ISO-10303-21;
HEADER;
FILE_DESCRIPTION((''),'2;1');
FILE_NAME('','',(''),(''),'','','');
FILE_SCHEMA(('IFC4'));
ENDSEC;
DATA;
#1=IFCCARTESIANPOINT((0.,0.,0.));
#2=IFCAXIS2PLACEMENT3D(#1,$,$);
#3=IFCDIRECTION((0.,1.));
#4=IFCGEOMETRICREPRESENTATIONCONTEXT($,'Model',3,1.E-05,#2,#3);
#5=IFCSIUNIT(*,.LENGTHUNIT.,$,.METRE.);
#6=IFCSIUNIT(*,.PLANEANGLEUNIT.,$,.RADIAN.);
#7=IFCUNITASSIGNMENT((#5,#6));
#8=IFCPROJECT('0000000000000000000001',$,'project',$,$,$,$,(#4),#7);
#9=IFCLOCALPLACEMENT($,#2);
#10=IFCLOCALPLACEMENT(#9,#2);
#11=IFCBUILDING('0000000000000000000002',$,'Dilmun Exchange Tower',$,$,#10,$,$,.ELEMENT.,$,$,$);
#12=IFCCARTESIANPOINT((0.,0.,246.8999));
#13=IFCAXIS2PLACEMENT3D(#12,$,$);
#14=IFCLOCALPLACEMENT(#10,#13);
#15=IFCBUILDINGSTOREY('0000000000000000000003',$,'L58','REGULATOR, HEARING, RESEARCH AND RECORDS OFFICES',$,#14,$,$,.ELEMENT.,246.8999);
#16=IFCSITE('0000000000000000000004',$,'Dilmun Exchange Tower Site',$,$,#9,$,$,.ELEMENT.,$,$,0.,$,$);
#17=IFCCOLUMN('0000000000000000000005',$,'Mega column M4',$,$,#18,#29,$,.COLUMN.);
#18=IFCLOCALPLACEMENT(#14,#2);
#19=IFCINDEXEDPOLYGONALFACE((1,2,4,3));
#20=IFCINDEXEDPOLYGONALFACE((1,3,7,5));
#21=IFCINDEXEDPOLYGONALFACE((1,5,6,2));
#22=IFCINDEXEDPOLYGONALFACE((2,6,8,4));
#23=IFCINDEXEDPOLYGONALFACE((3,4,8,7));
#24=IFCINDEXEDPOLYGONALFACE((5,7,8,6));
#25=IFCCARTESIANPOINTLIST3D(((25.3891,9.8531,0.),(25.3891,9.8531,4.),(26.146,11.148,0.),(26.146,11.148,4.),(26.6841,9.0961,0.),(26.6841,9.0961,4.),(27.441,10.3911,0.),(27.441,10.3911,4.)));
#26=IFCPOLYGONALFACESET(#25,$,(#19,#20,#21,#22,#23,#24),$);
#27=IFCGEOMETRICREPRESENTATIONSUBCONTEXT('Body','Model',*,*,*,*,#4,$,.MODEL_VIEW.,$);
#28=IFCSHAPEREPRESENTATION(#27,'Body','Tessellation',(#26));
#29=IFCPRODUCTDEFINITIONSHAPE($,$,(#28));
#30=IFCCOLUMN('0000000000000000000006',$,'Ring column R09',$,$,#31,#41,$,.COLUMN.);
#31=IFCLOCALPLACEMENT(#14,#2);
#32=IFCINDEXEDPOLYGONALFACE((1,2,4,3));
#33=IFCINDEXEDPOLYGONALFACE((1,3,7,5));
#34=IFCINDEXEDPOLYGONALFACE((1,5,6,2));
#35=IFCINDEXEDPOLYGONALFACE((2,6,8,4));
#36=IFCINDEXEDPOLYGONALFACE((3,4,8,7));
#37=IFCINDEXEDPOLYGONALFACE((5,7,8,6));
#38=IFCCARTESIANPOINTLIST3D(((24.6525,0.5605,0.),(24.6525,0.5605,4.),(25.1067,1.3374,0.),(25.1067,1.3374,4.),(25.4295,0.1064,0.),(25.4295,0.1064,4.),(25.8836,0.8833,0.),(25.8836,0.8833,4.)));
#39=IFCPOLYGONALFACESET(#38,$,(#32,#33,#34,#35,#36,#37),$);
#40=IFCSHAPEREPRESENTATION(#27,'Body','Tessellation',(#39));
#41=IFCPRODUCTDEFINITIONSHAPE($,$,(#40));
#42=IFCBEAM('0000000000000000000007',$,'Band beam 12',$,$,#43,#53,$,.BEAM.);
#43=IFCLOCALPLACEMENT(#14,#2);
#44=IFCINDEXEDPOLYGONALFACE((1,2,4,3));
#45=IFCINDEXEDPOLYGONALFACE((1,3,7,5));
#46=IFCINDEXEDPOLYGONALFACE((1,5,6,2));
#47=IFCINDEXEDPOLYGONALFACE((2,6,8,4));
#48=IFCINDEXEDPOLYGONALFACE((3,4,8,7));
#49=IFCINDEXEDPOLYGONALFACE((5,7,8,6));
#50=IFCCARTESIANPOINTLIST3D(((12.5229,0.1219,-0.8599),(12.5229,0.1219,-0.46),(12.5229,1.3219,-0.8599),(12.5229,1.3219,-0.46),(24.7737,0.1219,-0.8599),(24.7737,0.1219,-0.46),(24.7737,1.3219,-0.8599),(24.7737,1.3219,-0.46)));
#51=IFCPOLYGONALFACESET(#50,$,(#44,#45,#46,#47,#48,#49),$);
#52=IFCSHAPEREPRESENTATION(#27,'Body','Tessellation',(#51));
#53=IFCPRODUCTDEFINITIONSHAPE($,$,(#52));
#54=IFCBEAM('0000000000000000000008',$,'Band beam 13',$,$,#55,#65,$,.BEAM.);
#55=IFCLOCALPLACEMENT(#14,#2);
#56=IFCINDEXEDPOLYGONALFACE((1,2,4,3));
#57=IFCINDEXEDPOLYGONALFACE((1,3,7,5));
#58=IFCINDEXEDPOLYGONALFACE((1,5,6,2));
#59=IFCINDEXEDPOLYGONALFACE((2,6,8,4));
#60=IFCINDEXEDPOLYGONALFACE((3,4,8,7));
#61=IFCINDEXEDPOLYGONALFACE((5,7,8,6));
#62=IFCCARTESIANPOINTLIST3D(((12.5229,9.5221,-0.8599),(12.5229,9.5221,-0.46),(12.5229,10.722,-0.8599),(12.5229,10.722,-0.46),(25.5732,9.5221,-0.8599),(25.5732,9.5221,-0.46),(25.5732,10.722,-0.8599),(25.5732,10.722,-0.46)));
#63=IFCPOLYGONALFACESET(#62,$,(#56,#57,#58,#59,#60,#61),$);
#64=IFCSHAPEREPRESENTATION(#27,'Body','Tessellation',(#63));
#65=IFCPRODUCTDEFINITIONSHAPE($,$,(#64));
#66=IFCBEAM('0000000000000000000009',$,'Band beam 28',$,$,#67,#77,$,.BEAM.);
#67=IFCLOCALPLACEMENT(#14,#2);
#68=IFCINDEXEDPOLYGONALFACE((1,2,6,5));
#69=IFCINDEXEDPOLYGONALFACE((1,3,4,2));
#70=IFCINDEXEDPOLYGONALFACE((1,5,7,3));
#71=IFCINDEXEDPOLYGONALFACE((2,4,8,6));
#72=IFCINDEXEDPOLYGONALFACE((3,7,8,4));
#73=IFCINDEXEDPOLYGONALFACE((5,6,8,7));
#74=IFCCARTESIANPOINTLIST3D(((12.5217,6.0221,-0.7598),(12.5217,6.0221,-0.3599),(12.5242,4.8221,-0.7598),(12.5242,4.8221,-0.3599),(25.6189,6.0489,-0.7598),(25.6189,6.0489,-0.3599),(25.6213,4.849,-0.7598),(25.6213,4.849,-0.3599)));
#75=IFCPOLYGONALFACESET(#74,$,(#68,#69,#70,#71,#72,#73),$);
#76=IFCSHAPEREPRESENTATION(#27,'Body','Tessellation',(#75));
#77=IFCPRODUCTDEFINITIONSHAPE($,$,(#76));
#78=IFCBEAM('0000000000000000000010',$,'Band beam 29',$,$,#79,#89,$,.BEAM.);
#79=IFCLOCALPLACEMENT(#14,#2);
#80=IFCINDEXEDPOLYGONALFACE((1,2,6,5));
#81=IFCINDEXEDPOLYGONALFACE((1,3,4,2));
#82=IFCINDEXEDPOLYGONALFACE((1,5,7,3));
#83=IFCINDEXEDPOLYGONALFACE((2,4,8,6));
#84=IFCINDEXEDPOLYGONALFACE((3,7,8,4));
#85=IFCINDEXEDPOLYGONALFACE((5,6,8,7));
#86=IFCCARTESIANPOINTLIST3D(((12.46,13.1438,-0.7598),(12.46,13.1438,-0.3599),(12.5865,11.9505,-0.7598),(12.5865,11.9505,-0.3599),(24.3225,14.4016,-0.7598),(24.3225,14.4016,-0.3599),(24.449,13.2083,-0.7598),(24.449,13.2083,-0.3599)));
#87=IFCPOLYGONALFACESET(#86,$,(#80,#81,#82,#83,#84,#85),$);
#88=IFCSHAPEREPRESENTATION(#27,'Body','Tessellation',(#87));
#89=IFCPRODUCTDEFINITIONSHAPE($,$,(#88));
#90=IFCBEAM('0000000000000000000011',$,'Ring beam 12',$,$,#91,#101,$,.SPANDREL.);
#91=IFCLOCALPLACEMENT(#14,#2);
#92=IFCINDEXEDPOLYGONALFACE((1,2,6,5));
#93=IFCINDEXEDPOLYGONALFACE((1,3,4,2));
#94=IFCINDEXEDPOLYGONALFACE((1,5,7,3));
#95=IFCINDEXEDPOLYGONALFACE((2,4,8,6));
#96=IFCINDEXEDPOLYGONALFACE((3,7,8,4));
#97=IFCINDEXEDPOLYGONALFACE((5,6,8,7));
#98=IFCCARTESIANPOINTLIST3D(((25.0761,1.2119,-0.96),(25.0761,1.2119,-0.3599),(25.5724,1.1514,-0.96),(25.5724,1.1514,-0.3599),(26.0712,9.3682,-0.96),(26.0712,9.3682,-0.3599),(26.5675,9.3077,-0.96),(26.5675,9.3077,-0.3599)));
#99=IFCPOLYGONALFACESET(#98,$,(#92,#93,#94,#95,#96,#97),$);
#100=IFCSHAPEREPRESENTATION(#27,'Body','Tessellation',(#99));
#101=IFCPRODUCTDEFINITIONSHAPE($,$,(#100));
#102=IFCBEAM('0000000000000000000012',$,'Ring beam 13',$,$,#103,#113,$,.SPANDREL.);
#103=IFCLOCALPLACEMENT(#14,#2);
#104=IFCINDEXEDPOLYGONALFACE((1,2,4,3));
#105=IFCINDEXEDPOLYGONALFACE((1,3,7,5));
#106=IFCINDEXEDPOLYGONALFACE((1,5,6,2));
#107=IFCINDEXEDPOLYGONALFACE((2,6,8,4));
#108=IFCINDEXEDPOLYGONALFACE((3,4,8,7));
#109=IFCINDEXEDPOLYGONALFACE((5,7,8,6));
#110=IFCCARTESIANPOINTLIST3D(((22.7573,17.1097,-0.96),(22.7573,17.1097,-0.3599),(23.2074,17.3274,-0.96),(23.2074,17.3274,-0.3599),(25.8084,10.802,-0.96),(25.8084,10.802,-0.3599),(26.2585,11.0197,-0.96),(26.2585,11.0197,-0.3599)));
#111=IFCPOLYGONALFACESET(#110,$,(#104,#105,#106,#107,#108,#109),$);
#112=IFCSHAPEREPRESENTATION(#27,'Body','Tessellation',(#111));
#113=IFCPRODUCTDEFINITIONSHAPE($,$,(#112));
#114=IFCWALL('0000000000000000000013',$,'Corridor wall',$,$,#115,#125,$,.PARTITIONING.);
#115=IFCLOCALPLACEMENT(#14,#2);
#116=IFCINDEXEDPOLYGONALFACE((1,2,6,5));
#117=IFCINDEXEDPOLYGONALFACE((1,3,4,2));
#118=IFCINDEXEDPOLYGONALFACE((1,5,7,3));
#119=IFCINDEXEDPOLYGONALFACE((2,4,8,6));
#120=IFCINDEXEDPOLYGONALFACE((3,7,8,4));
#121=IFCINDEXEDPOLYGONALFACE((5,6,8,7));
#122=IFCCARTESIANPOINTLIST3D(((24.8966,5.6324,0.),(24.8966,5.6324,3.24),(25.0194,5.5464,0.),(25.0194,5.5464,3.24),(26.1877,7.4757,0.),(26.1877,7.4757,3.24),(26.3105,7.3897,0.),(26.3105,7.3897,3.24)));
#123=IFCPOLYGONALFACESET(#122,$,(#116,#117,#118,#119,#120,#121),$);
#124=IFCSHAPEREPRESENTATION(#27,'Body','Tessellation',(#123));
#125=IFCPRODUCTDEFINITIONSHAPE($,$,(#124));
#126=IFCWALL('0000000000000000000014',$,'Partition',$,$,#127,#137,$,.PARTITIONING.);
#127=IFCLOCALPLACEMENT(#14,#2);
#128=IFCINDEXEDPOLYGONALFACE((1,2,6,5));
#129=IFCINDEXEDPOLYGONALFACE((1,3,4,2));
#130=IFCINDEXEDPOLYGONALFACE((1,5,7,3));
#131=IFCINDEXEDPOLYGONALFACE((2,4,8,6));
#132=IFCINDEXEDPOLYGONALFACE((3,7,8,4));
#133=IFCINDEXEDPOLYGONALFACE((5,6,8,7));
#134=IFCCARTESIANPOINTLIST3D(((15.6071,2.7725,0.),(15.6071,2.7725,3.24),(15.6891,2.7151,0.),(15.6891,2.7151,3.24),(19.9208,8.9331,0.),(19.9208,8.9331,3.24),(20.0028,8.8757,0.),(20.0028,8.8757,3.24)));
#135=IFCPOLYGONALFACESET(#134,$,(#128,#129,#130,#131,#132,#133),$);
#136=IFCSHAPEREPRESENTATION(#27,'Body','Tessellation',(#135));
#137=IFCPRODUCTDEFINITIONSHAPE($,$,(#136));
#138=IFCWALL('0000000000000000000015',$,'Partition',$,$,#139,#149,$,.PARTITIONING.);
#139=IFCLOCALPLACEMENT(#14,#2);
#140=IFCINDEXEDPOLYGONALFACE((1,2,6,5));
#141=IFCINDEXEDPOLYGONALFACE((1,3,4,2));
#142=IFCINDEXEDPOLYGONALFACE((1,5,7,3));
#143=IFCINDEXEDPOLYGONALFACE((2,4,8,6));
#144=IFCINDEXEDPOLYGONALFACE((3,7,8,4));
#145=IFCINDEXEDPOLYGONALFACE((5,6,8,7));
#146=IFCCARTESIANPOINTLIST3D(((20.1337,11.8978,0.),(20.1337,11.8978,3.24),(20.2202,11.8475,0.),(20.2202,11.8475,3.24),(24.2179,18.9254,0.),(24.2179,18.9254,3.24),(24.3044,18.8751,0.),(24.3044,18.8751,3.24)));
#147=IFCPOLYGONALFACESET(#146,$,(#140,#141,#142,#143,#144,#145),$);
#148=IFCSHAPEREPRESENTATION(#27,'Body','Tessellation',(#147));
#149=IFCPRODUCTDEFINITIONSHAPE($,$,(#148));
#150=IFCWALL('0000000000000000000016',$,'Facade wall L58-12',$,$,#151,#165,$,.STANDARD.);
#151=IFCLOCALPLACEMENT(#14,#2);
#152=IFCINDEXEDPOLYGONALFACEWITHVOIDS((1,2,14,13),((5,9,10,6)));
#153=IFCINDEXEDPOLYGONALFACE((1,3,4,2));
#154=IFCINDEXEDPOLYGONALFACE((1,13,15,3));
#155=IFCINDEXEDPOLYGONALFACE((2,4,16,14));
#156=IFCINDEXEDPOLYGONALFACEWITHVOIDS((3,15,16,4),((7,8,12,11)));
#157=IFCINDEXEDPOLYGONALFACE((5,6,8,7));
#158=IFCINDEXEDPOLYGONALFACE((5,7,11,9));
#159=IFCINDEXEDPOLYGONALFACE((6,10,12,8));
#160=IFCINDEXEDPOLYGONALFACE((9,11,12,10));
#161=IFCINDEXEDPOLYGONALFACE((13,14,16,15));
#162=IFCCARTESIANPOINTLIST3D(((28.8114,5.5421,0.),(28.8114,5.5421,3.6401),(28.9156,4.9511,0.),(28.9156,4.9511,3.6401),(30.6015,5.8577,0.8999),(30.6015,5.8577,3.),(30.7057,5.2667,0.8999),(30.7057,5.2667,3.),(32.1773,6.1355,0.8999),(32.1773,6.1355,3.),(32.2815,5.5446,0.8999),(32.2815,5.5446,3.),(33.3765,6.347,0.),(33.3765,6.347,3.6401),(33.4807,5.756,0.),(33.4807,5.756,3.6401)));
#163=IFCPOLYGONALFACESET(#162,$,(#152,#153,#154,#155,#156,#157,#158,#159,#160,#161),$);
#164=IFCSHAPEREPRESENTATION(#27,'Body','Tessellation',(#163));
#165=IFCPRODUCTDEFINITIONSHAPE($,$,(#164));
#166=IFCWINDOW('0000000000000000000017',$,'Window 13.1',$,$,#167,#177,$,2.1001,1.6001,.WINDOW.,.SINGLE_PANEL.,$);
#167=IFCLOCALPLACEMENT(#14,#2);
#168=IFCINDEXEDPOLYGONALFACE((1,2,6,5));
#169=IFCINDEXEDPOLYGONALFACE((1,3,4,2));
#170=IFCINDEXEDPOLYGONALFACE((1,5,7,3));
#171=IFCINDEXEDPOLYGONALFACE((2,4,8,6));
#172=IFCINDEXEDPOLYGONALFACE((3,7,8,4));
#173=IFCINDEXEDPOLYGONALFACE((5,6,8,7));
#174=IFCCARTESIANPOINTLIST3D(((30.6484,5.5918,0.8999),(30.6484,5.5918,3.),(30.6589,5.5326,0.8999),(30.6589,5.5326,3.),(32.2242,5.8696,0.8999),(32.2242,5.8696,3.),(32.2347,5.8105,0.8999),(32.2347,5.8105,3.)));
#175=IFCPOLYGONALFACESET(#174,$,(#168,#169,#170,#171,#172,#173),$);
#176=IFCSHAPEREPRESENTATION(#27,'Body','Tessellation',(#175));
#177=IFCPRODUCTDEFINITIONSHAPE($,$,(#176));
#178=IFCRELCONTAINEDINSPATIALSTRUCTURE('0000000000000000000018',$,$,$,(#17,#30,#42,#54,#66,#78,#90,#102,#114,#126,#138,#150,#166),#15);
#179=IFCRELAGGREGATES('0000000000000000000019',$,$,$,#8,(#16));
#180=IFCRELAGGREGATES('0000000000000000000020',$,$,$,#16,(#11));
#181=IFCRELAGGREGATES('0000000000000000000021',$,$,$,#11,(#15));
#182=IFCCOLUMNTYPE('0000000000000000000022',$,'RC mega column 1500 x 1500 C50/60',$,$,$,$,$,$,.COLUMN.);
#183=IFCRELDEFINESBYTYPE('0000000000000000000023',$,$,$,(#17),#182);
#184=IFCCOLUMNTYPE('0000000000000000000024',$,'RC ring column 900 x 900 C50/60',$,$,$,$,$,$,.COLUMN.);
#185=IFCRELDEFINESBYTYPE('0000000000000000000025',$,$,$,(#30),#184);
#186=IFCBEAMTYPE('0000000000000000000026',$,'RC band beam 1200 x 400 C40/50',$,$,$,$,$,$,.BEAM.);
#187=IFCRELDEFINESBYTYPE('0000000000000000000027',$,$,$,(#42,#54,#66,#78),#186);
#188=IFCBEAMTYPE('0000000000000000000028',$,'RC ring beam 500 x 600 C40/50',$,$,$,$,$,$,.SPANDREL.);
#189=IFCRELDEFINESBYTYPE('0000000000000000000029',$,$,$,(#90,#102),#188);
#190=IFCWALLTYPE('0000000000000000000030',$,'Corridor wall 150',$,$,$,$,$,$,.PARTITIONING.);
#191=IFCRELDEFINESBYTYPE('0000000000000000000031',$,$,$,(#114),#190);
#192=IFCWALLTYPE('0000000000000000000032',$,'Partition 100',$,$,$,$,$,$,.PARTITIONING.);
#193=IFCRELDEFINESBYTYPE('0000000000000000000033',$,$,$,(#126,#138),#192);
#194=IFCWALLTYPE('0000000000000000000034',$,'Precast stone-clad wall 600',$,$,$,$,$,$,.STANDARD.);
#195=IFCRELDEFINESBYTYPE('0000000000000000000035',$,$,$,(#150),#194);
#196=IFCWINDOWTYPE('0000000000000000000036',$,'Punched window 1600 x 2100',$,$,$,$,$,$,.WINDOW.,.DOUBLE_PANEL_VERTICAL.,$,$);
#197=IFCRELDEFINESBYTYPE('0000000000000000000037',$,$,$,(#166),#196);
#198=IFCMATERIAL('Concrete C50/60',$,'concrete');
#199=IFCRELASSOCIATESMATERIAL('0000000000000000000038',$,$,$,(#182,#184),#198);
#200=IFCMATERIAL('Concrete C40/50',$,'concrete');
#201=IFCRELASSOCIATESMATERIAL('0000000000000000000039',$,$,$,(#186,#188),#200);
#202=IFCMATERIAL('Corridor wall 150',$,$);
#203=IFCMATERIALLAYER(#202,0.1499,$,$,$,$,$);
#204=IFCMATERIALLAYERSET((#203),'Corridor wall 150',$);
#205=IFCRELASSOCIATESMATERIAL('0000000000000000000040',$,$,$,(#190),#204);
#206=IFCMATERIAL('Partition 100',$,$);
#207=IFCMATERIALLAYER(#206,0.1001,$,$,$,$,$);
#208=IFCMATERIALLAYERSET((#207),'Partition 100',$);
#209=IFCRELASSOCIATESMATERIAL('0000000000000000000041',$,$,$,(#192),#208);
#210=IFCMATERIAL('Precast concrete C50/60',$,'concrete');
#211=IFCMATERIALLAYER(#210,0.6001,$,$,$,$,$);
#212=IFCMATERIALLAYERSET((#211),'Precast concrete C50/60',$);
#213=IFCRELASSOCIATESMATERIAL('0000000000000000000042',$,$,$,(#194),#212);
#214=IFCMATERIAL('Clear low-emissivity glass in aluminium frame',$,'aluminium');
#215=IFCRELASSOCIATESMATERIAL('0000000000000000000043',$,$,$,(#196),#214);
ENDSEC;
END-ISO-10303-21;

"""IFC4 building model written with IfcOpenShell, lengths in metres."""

from ifc_helpers import new_model, si_unit, direction, frame, frame_2d, origin, origin_2d, place, context, subcontext, project, spatial, rectangle, extrude, material, layer, layer_set, material_profile, profile_set, type_object, element, fill, save


model = new_model("IFC4")

# Units and contexts
model_context = context("Model", 3, precision=1e-05, world=origin(), true_north=direction((0.0, 1.0)))
body_context = subcontext(model_context, "Body", "Model", "MODEL_VIEW")
ifc_project = project(units=[si_unit("LENGTHUNIT", "METRE"), si_unit("PLANEANGLEUNIT", "RADIAN")], contexts=[model_context])

# Site, building, storey
site_placement = place(None, origin())
site = spatial("IfcSite", under=ifc_project, at=site_placement, Name="Dilmun Exchange Tower Site", CompositionType="ELEMENT", RefElevation=0.0)
building_placement = place(site_placement, origin())
building = spatial("IfcBuilding", under=site, at=building_placement, Name="Dilmun Exchange Tower", CompositionType="ELEMENT")
storey_placement = place(building_placement, frame((0.0, 0.0, 246.8999)))
storey = spatial("IfcBuildingStorey", under=building, at=storey_placement, Name="L58", Description="REGULATOR, HEARING, RESEARCH AND RECORDS OFFICES", CompositionType="ELEMENT", Elevation=246.8999)

# Columns
ifc_material_1 = material(Name="Concrete C50/60", Category="concrete")
ifc_material_profile_1 = material_profile(ifc_material_1, rectangle(XDim=1.5, YDim=1.5, at=origin_2d()), Name="1500 x 1500")
ifc_profile_set_1 = profile_set([ifc_material_profile_1], Name="Concrete C50/60")
column_type_1 = type_object("IfcColumnType", Name="RC mega column 1500 x 1500 C50/60", PredefinedType="COLUMN", material=ifc_profile_set_1)
column_1_placement = place(storey_placement, frame((26.415, 10.1221, 0.0), z_axis=(0.0, 0.0, 1.0), x_axis=(0.504644, 0.863328, 0.0)))
element("IfcColumn", 1, at=column_1_placement, inside=storey, type_object=column_type_1, Name="Mega column M4", PredefinedType="COLUMN", context=body_context, shape_type="SweptSolid", body=[
    extrude(rectangle(XDim=1.5, YDim=1.5, at=origin_2d()), origin(), (0.0, 0.0, 1.0), 4.0),
])
ifc_material_profile_2 = material_profile(ifc_material_1, rectangle(XDim=0.8999, YDim=0.8999, at=origin_2d()), Name="900 x 900")
ifc_profile_set_2 = profile_set([ifc_material_profile_2], Name="Concrete C50/60")
column_type_2 = type_object("IfcColumnType", Name="RC ring column 900 x 900 C50/60", PredefinedType="COLUMN", material=ifc_profile_set_2)
column_2_placement = place(storey_placement, frame((25.2681, 0.7219, 0.0), z_axis=(0.0, 0.0, 1.0), x_axis=(0.504644, 0.863328, 0.0)))
element("IfcColumn", 2, at=column_2_placement, inside=storey, type_object=column_type_2, Name="Ring column R09", PredefinedType="COLUMN", context=body_context, shape_type="SweptSolid", body=[
    extrude(rectangle(XDim=0.8999, YDim=0.8999, at=origin_2d()), origin(), (0.0, 0.0, 1.0), 4.0),
])

# Beams
ifc_material_2 = material(Name="Concrete C40/50", Category="concrete")
ifc_material_profile_3 = material_profile(ifc_material_2, rectangle(XDim=1.2, YDim=0.3999, at=origin_2d()), Name="1200 x 400")
ifc_profile_set_3 = profile_set([ifc_material_profile_3], Name="Concrete C40/50")
beam_type_1 = type_object("IfcBeamType", Name="RC band beam 1200 x 400 C40/50", PredefinedType="BEAM", material=ifc_profile_set_3)
beam_1_placement = place(storey_placement, frame((24.7737, 0.7219, -0.6599), z_axis=(-1.0, 0.0, 0.0), x_axis=(0.0, -1.0, 0.0)))
element("IfcBeam", 3, at=beam_1_placement, inside=storey, type_object=beam_type_1, Name="Band beam 12", PredefinedType="BEAM", context=body_context, shape_type="SweptSolid", body=[
    extrude(rectangle(XDim=1.2, YDim=0.3999, at=origin_2d()), origin(), (0.0, 0.0, 1.0), 12.2507),
])
beam_2_placement = place(storey_placement, frame((25.5732, 10.1221, -0.6599), z_axis=(-1.0, 0.0, 0.0), x_axis=(0.0, -1.0, 0.0)))
element("IfcBeam", 4, at=beam_2_placement, inside=storey, type_object=beam_type_1, Name="Band beam 13", PredefinedType="BEAM", context=body_context, shape_type="SweptSolid", body=[
    extrude(rectangle(XDim=1.2, YDim=0.3999, at=origin_2d()), origin(), (0.0, 0.0, 1.0), 13.0503),
])
beam_3_placement = place(storey_placement, frame((25.6201, 5.449, -0.5598), z_axis=(-0.999998, -0.00205, 0.0), x_axis=(0.00205, -0.999998, 0.0)))
element("IfcBeam", 5, at=beam_3_placement, inside=storey, type_object=beam_type_1, Name="Band beam 28", PredefinedType="BEAM", context=body_context, shape_type="SweptSolid", body=[
    extrude(rectangle(XDim=1.2, YDim=0.3999, at=origin_2d()), origin(), (0.0, 0.0, 1.0), 13.0972),
])
beam_4_placement = place(storey_placement, frame((24.3857, 13.8049, -0.5598), z_axis=(-0.994426, -0.105441, 0.0), x_axis=(0.105441, -0.994426, 0.0)))
element("IfcBeam", 6, at=beam_4_placement, inside=storey, type_object=beam_type_1, Name="Band beam 29", PredefinedType="BEAM", context=body_context, shape_type="SweptSolid", body=[
    extrude(rectangle(XDim=1.2, YDim=0.3999, at=origin_2d()), origin(), (0.0, 0.0, 1.0), 11.929),
])
ifc_material_profile_4 = material_profile(ifc_material_2, rectangle(XDim=0.5, YDim=0.6001, at=origin_2d()), Name="500 x 600")
ifc_profile_set_4 = profile_set([ifc_material_profile_4], Name="Concrete C40/50")
beam_type_2 = type_object("IfcBeamType", Name="RC ring beam 500 x 600 C40/50", PredefinedType="SPANDREL", material=ifc_profile_set_4)
beam_5_placement = place(storey_placement, frame((25.3242, 1.1816, -0.6599), z_axis=(0.121109, 0.992639, 0.0), x_axis=(-0.992639, 0.121109, 0.0)))
element("IfcBeam", 7, at=beam_5_placement, inside=storey, type_object=beam_type_2, Name="Ring beam 12", PredefinedType="SPANDREL", context=body_context, shape_type="SweptSolid", body=[
    extrude(rectangle(XDim=0.5, YDim=0.6001, at=origin_2d()), origin(), (0.0, 0.0, 1.0), 8.2168),
])
beam_6_placement = place(storey_placement, frame((26.0334, 10.9109, -0.6599), z_axis=(-0.43544, 0.900218, 0.0), x_axis=(-0.900218, -0.43544, 0.0)))
element("IfcBeam", 8, at=beam_6_placement, inside=storey, type_object=beam_type_2, Name="Ring beam 13", PredefinedType="SPANDREL", context=body_context, shape_type="SweptSolid", body=[
    extrude(rectangle(XDim=0.5, YDim=0.6001, at=origin_2d()), origin(), (0.0, 0.0, 1.0), 7.0068),
])

# Walls
ifc_material_3 = material(Name="Corridor wall 150")
ifc_layer_1 = layer(ifc_material_3, 0.1499)
ifc_layer_set_1 = layer_set([ifc_layer_1], Name="Corridor wall 150")
wall_type_1 = type_object("IfcWallType", Name="Corridor wall 150", PredefinedType="PARTITIONING", material=ifc_layer_set_1)
wall_1_placement = place(storey_placement, frame((24.958, 5.5894, 0.0), z_axis=(0.0, 0.0, 1.0), x_axis=(0.573681, 0.819079, 0.0)))
element("IfcWall", 9, at=wall_1_placement, inside=storey, type_object=wall_type_1, Name="Corridor wall", PredefinedType="PARTITIONING", context=body_context, shape_type="SweptSolid", body=[
    extrude(rectangle(XDim=2.2505, YDim=0.1499, at=frame_2d((1.1252, 0.0))), origin(), (0.0, 0.0, 1.0), 3.24),
])
ifc_material_4 = material(Name="Partition 100")
ifc_layer_2 = layer(ifc_material_4, 0.1001)
ifc_layer_set_2 = layer_set([ifc_layer_2], Name="Partition 100")
wall_type_2 = type_object("IfcWallType", Name="Partition 100", PredefinedType="PARTITIONING", material=ifc_layer_set_2)
wall_2_placement = place(storey_placement, frame((15.6482, 2.7439, 0.0), z_axis=(0.0, 0.0, 1.0), x_axis=(0.573576, 0.819153, 0.0)))
element("IfcWall", 10, at=wall_2_placement, inside=storey, type_object=wall_type_2, Name="Partition", PredefinedType="PARTITIONING", context=body_context, shape_type="SweptSolid", body=[
    extrude(rectangle(XDim=7.5208, YDim=0.1001, at=frame_2d((3.7603, 0.0))), origin(), (0.0, 0.0, 1.0), 3.24),
])
wall_3_placement = place(storey_placement, frame((20.177, 11.8728, 0.0), z_axis=(0.0, 0.0, 1.0), x_axis=(0.502475, 0.864592, 0.0)))
element("IfcWall", 11, at=wall_3_placement, inside=storey, type_object=wall_type_2, Name="Partition", PredefinedType="PARTITIONING", context=body_context, shape_type="SweptSolid", body=[
    extrude(rectangle(XDim=8.1282, YDim=0.1001, at=frame_2d((4.064, 0.0))), origin(), (0.0, 0.0, 1.0), 3.24),
])

# Wall, opening, window
ifc_material_5 = material(Name="Precast concrete C50/60", Category="concrete")
ifc_layer_3 = layer(ifc_material_5, 0.6001)
ifc_layer_set_3 = layer_set([ifc_layer_3], Name="Precast concrete C50/60")
wall_type_3 = type_object("IfcWallType", Name="Precast stone-clad wall 600", PredefinedType="STANDARD", material=ifc_layer_set_3)
wall_4_placement = place(storey_placement, frame((33.4287, 6.0515, 0.0), z_axis=(0.0, 0.0, 1.0), x_axis=(-0.984809, -0.173641, 0.0)))
wall_4 = element("IfcWall", 12, at=wall_4_placement, inside=storey, type_object=wall_type_3, Name="Facade wall L58-12", PredefinedType="STANDARD", context=body_context, shape_type="SweptSolid", body=[
    extrude(rectangle(XDim=4.6355, YDim=0.6001, at=frame_2d((2.3179, 0.0))), origin(), (0.0, 0.0, 1.0), 3.6401),
])
opening_1_placement = place(wall_4_placement, frame((1.2178, 0.0, 0.8999)))
opening_1 = element("IfcOpeningElement", 13, at=opening_1_placement, cuts=wall_4, PredefinedType="OPENING", context=body_context, shape_type="SweptSolid", body=[
    extrude(rectangle(XDim=1.6001, YDim=2.1001, at=frame_2d((0.8, 1.05))), frame((0.0, 0.3101, 0.0), z_axis=(0.0, -1.0, 0.0), x_axis=(1.0, 0.0, 0.0)), (0.0, 0.0, 1.0), 0.6201),
])
ifc_material_6 = material(Name="Clear low-emissivity glass in aluminium frame", Category="aluminium")
window_type_1 = type_object("IfcWindowType", Name="Punched window 1600 x 2100", PartitioningType="DOUBLE_PANEL_VERTICAL", PredefinedType="WINDOW", material=ifc_material_6)
window_1_placement = place(opening_1_placement, origin())
window_1 = element("IfcWindow", 14, at=window_1_placement, inside=storey, type_object=window_type_1, Name="Window 13.1", OverallHeight=2.1001, OverallWidth=1.6001, PartitioningType="SINGLE_PANEL", PredefinedType="WINDOW", context=body_context, shape_type="SweptSolid", body=[
    extrude(rectangle(XDim=1.6001, YDim=2.1001, at=frame_2d((0.8, 1.05))), frame((0.0, 0.03, 0.0), z_axis=(0.0, -1.0, 0.0), x_axis=(1.0, 0.0, 0.0)), (0.0, 0.0, 1.0), 0.0601),
])
fill(opening_1, window_1)

save(model, "model.ifc")
